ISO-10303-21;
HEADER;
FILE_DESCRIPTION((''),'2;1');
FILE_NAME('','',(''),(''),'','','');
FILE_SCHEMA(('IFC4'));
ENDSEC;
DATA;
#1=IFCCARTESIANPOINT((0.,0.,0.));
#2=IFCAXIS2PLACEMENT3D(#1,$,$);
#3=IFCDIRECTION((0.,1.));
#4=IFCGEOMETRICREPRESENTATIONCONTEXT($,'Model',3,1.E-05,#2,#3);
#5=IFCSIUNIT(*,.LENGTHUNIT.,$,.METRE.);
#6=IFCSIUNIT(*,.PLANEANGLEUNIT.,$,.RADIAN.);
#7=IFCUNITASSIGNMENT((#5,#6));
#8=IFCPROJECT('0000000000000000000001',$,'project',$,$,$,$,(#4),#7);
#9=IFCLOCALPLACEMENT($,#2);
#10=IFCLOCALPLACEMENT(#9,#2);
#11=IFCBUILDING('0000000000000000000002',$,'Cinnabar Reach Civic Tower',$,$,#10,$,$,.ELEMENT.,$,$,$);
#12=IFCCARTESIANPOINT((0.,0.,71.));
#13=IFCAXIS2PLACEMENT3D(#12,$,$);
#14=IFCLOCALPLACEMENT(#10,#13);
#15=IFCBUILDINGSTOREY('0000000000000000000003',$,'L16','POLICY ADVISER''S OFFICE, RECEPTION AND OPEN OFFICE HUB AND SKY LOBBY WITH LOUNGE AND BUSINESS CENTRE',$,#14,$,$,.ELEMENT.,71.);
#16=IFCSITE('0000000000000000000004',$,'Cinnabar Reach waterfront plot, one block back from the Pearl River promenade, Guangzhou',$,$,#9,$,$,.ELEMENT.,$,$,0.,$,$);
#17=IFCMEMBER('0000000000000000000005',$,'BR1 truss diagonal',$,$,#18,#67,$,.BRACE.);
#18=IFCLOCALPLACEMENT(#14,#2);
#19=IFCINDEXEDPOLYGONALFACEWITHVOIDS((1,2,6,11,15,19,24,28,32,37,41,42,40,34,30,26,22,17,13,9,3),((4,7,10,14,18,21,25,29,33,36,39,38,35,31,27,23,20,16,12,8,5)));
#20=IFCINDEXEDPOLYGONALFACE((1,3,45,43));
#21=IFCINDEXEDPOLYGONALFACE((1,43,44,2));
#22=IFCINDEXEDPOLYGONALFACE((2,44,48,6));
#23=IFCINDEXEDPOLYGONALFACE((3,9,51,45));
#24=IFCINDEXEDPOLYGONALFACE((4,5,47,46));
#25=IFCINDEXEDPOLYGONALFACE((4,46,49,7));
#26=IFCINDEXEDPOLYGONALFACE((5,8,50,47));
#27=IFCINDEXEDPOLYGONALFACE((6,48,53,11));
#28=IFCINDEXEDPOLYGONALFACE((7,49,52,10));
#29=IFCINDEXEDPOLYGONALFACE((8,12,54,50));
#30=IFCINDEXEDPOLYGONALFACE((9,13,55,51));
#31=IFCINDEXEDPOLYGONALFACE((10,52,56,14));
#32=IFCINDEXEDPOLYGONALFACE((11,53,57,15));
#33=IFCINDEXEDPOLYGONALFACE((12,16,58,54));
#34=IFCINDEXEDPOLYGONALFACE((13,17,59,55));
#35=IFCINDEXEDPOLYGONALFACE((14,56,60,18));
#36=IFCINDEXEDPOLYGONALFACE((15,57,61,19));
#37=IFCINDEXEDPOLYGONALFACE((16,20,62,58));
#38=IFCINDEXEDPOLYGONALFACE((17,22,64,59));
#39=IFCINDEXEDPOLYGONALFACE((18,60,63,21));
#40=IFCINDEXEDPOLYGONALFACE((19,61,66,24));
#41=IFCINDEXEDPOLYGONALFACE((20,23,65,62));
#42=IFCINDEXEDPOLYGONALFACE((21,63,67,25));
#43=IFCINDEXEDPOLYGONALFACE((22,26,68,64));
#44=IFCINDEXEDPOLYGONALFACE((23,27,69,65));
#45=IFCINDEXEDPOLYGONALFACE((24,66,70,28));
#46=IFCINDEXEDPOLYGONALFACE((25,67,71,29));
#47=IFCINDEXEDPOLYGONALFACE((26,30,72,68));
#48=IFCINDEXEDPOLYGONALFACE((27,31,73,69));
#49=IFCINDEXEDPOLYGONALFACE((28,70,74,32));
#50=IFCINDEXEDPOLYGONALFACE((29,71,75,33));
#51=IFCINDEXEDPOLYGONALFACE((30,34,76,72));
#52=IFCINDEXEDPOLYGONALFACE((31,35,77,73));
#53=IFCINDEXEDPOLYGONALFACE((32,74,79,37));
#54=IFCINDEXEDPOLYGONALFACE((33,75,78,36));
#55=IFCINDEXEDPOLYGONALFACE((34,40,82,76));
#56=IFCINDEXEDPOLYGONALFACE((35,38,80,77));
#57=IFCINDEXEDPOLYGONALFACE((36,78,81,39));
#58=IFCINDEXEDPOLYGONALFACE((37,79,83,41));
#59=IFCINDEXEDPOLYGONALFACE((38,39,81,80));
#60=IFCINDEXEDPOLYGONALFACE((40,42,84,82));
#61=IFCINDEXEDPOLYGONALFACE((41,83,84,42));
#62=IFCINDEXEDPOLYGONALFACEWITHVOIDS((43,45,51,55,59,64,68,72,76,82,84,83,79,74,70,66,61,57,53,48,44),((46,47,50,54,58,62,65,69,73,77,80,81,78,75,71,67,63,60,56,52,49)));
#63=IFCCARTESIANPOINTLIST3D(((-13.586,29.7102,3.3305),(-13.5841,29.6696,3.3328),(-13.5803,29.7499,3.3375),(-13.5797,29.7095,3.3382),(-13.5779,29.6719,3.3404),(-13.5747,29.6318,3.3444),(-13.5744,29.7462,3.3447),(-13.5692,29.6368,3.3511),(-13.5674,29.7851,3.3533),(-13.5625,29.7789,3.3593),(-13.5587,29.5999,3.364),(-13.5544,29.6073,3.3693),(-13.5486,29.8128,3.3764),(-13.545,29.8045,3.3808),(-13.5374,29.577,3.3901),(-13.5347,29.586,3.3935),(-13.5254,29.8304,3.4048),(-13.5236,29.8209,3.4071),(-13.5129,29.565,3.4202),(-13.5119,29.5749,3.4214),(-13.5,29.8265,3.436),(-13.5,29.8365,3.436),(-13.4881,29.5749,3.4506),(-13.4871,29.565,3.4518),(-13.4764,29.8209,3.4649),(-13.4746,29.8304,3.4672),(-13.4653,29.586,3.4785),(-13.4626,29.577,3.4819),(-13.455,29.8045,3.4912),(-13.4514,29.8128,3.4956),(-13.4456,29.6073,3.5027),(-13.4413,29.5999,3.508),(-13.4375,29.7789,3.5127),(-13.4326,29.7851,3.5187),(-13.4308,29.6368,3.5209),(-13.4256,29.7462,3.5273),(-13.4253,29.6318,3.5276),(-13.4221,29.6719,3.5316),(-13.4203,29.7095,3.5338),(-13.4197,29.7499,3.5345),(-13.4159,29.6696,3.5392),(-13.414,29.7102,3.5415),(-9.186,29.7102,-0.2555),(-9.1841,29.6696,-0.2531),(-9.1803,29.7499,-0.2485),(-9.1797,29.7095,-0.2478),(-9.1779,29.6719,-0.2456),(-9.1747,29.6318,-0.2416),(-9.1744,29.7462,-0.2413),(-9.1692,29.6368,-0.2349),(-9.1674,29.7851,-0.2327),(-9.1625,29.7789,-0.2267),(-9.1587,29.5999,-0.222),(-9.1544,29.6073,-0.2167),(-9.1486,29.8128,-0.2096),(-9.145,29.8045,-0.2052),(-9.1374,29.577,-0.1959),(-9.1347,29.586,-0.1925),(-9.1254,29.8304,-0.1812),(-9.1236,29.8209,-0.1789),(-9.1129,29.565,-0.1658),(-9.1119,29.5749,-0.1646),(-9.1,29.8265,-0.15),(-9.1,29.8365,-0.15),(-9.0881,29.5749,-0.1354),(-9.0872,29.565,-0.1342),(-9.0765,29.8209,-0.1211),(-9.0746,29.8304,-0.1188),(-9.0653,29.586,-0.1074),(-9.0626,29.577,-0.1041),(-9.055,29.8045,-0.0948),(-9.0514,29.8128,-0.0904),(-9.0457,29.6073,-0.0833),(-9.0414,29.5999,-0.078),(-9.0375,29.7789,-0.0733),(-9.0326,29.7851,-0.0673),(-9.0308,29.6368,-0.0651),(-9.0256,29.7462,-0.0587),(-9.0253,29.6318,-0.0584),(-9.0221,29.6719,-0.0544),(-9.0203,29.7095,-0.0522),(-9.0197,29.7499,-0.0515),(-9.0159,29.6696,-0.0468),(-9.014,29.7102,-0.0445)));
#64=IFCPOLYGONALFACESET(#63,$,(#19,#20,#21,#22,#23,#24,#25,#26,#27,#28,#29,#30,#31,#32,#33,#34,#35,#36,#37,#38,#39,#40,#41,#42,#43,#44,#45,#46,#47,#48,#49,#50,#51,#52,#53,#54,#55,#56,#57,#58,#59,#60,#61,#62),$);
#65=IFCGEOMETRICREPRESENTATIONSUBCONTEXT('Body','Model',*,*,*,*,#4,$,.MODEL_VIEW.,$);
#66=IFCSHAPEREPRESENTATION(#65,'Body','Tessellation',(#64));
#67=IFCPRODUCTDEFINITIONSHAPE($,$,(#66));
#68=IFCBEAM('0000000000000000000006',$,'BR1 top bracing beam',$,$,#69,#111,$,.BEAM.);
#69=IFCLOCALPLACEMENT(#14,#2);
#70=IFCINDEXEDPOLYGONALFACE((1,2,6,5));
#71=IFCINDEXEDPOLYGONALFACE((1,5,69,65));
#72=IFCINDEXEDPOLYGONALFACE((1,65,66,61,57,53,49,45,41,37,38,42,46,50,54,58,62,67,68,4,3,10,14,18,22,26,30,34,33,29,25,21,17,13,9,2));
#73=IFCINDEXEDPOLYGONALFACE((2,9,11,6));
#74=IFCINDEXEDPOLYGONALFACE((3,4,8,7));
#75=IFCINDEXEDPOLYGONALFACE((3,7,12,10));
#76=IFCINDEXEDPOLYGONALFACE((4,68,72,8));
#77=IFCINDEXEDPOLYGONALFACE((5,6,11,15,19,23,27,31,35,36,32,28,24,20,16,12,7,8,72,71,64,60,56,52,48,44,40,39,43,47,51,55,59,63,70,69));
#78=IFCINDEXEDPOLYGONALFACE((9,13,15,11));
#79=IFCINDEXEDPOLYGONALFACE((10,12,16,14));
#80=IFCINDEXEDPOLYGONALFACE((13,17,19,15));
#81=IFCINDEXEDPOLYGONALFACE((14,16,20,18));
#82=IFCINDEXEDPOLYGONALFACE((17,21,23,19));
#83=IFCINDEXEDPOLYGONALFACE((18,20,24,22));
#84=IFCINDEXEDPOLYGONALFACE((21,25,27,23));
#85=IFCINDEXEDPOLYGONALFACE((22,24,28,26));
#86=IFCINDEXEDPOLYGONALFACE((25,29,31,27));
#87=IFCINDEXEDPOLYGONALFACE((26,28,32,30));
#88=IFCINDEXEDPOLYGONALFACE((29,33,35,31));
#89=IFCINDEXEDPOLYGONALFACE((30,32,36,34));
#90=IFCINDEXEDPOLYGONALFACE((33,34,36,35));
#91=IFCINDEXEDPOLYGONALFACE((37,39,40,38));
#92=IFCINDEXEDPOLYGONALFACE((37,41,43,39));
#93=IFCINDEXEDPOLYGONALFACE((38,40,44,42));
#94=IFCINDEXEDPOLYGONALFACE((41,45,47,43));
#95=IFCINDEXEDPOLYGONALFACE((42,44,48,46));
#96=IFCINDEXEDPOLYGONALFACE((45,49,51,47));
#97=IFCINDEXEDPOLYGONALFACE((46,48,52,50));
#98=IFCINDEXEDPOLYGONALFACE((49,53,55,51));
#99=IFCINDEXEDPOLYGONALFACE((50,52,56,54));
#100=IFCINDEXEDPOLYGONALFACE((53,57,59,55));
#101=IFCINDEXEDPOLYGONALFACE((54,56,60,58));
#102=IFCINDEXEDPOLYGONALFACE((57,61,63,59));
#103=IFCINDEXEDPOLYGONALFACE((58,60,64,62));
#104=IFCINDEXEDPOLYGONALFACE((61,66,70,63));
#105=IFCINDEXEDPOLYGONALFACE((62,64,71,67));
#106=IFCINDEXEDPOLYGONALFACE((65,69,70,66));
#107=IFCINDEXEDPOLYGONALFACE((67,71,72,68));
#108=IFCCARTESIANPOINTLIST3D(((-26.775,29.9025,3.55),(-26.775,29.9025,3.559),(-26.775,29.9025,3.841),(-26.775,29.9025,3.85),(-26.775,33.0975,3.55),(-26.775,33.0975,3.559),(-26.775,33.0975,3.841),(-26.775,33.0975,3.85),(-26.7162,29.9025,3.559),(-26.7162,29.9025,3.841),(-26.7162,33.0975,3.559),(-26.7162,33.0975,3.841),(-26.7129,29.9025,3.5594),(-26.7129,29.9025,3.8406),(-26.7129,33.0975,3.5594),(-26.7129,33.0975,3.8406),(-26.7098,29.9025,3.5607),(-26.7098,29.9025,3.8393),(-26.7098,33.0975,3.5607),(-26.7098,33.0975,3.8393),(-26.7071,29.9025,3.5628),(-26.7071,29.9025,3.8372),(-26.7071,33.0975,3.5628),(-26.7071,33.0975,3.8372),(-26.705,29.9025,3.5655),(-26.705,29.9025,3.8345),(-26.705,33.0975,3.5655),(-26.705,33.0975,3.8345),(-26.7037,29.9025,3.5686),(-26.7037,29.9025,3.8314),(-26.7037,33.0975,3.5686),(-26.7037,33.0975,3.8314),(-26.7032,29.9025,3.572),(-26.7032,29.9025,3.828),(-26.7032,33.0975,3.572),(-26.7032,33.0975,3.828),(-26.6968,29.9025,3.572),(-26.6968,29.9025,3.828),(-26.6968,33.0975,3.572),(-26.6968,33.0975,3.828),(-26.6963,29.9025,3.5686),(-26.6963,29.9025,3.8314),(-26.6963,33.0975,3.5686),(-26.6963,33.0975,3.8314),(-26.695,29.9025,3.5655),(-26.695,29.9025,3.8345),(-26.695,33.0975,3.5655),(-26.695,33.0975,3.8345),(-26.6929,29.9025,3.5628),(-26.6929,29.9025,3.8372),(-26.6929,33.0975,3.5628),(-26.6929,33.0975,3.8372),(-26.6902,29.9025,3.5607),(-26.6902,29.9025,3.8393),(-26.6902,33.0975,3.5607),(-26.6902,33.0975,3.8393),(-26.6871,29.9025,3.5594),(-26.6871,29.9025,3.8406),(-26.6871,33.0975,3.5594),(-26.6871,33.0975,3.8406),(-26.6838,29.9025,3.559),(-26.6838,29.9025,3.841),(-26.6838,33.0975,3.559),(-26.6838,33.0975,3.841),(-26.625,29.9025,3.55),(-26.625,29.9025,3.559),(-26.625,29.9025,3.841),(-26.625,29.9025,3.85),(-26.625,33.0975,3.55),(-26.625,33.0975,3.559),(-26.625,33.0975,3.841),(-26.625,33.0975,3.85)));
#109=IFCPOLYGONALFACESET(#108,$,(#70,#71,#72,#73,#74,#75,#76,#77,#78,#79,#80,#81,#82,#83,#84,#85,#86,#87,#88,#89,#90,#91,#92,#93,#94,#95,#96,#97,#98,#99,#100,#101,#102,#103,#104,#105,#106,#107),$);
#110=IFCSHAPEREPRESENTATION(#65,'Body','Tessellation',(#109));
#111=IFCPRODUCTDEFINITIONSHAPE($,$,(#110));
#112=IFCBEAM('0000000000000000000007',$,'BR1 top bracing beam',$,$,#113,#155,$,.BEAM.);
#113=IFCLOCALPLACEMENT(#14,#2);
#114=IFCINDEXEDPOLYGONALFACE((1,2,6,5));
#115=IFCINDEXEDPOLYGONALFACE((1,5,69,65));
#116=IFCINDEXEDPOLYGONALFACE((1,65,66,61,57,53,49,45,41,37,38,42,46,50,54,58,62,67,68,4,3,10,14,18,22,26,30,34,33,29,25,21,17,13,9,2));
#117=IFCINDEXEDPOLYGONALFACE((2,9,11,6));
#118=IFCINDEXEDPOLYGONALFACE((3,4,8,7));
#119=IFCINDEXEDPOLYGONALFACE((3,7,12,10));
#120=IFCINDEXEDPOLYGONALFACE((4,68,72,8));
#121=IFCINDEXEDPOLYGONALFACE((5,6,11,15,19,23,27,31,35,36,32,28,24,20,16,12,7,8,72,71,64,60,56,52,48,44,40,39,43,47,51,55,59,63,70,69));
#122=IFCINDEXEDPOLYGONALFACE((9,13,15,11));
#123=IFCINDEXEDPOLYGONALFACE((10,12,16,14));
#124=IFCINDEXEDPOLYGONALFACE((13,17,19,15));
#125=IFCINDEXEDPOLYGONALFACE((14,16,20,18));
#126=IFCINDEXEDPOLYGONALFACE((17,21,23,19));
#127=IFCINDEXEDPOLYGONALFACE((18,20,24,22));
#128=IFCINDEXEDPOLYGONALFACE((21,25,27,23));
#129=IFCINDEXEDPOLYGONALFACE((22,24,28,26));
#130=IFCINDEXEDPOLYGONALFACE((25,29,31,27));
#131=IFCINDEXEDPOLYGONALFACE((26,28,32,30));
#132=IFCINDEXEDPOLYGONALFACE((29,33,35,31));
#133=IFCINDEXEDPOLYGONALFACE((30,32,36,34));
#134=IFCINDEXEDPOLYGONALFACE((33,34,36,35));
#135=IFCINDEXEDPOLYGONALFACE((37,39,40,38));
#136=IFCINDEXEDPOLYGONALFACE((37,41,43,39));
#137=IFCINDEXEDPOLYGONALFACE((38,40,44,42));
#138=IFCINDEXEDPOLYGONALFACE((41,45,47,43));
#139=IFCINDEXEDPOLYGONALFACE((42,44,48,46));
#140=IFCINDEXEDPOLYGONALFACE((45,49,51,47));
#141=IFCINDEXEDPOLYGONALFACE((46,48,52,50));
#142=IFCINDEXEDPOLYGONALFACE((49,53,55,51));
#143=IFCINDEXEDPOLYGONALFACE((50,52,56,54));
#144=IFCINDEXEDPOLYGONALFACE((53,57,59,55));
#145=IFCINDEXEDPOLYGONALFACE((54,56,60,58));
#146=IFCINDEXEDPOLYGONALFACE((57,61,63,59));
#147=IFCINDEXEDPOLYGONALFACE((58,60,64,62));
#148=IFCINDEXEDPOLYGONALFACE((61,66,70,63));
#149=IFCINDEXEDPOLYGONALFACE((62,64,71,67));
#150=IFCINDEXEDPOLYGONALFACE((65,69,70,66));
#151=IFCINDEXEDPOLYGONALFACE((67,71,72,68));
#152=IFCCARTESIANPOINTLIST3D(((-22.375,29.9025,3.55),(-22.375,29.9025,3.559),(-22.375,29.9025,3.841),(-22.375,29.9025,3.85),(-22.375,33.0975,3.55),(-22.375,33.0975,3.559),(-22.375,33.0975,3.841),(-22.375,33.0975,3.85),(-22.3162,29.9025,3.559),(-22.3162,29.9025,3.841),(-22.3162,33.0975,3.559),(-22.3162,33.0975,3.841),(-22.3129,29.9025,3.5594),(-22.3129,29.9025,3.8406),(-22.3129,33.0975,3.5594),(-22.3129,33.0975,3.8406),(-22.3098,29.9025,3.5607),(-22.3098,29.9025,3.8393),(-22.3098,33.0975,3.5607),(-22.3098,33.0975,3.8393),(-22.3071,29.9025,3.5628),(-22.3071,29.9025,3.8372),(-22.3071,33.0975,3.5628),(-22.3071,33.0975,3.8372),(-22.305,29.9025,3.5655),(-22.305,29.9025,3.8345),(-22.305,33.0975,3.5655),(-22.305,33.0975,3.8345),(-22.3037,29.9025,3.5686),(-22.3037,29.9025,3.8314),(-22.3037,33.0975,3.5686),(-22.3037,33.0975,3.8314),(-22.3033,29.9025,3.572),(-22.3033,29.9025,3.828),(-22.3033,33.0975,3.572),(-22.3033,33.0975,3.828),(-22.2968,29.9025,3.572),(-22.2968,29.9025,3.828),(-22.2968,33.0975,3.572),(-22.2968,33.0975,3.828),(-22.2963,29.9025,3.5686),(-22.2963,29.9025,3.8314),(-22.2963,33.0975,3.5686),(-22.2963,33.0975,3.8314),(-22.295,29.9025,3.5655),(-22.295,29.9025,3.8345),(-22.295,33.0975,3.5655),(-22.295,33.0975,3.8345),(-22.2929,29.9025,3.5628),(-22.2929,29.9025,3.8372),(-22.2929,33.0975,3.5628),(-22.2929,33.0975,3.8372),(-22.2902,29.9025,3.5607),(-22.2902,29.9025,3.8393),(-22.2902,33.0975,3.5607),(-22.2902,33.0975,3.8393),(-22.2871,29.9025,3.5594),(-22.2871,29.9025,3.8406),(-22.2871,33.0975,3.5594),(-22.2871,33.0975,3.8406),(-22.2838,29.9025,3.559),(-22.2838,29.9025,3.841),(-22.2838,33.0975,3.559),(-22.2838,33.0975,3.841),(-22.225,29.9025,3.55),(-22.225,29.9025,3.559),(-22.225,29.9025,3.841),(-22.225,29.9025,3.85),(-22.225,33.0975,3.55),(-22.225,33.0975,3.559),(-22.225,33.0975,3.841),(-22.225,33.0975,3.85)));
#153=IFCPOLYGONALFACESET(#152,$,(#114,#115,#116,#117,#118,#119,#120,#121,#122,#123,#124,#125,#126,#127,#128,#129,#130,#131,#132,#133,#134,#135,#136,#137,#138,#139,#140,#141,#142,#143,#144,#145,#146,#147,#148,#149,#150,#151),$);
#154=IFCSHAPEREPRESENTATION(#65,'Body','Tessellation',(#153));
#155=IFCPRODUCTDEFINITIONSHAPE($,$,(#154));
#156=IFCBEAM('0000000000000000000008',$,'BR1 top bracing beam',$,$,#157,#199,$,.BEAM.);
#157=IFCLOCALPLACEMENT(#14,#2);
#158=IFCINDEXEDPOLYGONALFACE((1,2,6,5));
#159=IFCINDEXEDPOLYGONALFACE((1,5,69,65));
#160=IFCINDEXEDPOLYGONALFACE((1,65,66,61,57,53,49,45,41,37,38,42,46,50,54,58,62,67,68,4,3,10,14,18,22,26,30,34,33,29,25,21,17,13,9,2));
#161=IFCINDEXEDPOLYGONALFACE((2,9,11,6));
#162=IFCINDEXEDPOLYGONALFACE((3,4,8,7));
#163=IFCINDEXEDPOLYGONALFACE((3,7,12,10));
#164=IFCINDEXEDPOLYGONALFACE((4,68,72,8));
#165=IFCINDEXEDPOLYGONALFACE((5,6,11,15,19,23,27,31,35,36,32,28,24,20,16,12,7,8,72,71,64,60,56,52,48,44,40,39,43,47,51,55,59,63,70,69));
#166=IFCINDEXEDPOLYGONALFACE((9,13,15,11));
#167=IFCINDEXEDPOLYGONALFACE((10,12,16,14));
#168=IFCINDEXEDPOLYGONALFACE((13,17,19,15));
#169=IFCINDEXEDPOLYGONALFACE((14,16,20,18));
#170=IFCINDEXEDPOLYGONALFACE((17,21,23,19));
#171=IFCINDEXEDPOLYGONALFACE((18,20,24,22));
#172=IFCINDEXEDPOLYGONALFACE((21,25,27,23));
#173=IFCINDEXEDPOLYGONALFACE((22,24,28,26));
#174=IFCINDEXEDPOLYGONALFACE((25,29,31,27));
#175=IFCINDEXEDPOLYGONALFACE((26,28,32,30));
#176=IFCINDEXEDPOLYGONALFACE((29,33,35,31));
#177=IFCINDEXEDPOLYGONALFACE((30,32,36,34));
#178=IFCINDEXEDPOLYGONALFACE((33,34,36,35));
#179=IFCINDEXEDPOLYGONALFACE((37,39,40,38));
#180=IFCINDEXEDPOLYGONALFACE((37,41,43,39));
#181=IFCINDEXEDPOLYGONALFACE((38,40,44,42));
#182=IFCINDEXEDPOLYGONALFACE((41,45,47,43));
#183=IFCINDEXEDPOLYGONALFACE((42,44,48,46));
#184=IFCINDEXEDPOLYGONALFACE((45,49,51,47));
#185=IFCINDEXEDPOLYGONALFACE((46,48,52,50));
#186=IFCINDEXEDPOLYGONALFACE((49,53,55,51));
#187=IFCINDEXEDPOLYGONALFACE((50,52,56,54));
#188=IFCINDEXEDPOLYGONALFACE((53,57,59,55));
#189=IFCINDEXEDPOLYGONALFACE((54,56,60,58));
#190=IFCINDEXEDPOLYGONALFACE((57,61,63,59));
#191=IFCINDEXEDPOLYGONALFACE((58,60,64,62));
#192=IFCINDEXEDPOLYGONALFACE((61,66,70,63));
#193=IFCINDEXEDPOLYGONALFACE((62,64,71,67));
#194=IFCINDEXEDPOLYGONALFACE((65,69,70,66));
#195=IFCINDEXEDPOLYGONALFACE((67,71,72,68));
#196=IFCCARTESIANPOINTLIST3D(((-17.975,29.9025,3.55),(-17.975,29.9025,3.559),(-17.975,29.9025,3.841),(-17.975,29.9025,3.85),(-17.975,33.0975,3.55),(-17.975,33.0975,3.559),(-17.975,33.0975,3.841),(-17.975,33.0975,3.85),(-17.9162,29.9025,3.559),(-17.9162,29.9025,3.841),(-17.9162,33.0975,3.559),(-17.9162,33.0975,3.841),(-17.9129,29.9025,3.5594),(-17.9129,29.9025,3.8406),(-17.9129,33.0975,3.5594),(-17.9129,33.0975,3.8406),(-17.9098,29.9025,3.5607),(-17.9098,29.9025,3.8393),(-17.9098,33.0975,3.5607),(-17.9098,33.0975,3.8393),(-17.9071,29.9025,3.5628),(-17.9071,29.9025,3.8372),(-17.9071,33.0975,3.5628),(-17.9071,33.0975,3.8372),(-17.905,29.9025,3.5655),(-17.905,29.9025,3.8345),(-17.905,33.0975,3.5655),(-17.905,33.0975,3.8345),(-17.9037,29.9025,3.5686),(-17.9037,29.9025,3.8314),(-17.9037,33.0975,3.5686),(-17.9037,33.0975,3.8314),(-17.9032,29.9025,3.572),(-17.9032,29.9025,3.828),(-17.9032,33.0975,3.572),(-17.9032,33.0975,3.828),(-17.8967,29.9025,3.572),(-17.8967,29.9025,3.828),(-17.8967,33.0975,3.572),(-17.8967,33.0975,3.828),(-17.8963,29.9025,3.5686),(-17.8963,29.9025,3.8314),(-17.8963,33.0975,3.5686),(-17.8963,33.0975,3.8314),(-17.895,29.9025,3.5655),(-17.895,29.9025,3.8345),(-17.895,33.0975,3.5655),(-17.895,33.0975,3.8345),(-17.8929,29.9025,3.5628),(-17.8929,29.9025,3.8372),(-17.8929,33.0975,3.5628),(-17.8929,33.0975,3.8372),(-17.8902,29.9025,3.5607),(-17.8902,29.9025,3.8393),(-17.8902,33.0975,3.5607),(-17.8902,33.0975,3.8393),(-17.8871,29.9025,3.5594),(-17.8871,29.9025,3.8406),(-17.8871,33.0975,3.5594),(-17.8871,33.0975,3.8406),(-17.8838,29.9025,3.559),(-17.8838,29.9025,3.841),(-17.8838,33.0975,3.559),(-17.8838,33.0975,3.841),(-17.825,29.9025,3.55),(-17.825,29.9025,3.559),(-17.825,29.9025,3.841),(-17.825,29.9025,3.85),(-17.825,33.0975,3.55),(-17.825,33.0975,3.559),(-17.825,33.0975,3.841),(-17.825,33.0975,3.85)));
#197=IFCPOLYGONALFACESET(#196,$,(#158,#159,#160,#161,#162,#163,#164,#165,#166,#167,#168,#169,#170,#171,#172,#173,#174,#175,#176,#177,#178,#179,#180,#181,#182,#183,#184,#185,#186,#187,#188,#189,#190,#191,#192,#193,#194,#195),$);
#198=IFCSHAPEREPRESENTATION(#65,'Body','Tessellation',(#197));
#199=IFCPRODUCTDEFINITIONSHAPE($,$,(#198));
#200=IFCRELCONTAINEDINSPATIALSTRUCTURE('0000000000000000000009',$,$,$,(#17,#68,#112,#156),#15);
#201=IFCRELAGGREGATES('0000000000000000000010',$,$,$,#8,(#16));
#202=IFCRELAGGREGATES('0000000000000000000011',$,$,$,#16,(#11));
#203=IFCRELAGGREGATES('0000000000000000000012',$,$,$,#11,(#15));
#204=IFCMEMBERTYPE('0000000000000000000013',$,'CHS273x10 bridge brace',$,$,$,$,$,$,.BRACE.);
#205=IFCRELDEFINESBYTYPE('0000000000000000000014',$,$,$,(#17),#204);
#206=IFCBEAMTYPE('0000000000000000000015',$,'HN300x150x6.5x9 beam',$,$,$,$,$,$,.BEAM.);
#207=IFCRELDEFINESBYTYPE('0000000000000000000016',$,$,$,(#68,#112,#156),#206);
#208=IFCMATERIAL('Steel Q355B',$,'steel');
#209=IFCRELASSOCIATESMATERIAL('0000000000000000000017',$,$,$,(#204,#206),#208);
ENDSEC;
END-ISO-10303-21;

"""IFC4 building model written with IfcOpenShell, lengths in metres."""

from ifc_helpers import new_model, si_unit, direction, frame, origin, origin_2d, place, context, subcontext, project, spatial, hollow_circle, i_section, extrude, material, material_profile, profile_set, type_object, element, save


model = new_model("IFC4")

# Units and contexts
model_context = context("Model", 3, precision=1e-05, world=origin(), true_north=direction((0.0, 1.0)))
body_context = subcontext(model_context, "Body", "Model", "MODEL_VIEW")
ifc_project = project(units=[si_unit("LENGTHUNIT", "METRE"), si_unit("PLANEANGLEUNIT", "RADIAN")], contexts=[model_context])

# Site, building, storey
site_placement = place(None, origin())
site = spatial("IfcSite", under=ifc_project, at=site_placement, Name="Cinnabar Reach waterfront plot, one block back from the Pearl River promenade, Guangzhou", CompositionType="ELEMENT", RefElevation=0.0)
building_placement = place(site_placement, origin())
building = spatial("IfcBuilding", under=site, at=building_placement, Name="Cinnabar Reach Civic Tower", CompositionType="ELEMENT")
storey_placement = place(building_placement, frame((0.0, 0.0, 71.0)))
storey = spatial("IfcBuildingStorey", under=building, at=storey_placement, Name="L16", Description="POLICY ADVISER'S OFFICE, RECEPTION AND OPEN OFFICE HUB AND SKY LOBBY WITH LOUNGE AND BUSINESS CENTRE", CompositionType="ELEMENT", Elevation=71.0)

# Member
ifc_material_1 = material(Name="Steel Q355B", Category="steel")
ifc_material_profile_1 = material_profile(ifc_material_1, hollow_circle(Radius=0.1365, WallThickness=0.01, at=origin_2d()), Name="CHS273x10")
ifc_profile_set_1 = profile_set([ifc_material_profile_1], Name="Steel Q355B")
member_type_1 = type_object("IfcMemberType", Name="CHS273x10 bridge brace", PredefinedType="BRACE", material=ifc_profile_set_1)
member_1_placement = place(storey_placement, frame((-13.5, 29.7, 3.436), z_axis=(0.775165, 0.0, -0.631759), x_axis=(0.0, 1.0, 0.0)))
element("IfcMember", 1, at=member_1_placement, inside=storey, type_object=member_type_1, Name="BR1 truss diagonal", PredefinedType="BRACE", context=body_context, shape_type="SweptSolid", body=[
    extrude(hollow_circle(Radius=0.1365, WallThickness=0.01, at=origin_2d()), origin(), (0.0, 0.0, 1.0), 5.6762),
])

# Beams
ifc_material_profile_2 = material_profile(ifc_material_1, i_section(OverallWidth=0.15, OverallDepth=0.3, WebThickness=0.0065, FlangeThickness=0.009, FilletRadius=0.013, at=origin_2d()), Name="HN300x150x6.5x9")
ifc_profile_set_2 = profile_set([ifc_material_profile_2], Name="Steel Q355B")
beam_type_1 = type_object("IfcBeamType", Name="HN300x150x6.5x9 beam", PredefinedType="BEAM", material=ifc_profile_set_2)
for number, where, z_axis, x_axis, name in (
    (2, (-26.7, 29.9025, 3.7), (0.0, 1.0, 0.0), (-1.0, 0.0, 0.0), "BR1 top bracing beam"),
    (3, (-22.3, 29.9025, 3.7), (0.0, 1.0, 0.0), (-1.0, 0.0, 0.0), "BR1 top bracing beam"),
    (4, (-17.9, 29.9025, 3.7), (0.0, 1.0, 0.0), (-1.0, 0.0, 0.0), "BR1 top bracing beam"),
):
    element("IfcBeam", number, at=place(storey_placement, frame(where, z_axis=z_axis, x_axis=x_axis)), inside=storey, type_object=beam_type_1, Name=name, PredefinedType="BEAM", context=body_context, shape_type="SweptSolid", body=[
        extrude(i_section(OverallWidth=0.15, OverallDepth=0.3, WebThickness=0.0065, FlangeThickness=0.009, FilletRadius=0.013, at=origin_2d()), origin(), (0.0, 0.0, 1.0), 3.195),
    ])

save(model, "model.ifc")
